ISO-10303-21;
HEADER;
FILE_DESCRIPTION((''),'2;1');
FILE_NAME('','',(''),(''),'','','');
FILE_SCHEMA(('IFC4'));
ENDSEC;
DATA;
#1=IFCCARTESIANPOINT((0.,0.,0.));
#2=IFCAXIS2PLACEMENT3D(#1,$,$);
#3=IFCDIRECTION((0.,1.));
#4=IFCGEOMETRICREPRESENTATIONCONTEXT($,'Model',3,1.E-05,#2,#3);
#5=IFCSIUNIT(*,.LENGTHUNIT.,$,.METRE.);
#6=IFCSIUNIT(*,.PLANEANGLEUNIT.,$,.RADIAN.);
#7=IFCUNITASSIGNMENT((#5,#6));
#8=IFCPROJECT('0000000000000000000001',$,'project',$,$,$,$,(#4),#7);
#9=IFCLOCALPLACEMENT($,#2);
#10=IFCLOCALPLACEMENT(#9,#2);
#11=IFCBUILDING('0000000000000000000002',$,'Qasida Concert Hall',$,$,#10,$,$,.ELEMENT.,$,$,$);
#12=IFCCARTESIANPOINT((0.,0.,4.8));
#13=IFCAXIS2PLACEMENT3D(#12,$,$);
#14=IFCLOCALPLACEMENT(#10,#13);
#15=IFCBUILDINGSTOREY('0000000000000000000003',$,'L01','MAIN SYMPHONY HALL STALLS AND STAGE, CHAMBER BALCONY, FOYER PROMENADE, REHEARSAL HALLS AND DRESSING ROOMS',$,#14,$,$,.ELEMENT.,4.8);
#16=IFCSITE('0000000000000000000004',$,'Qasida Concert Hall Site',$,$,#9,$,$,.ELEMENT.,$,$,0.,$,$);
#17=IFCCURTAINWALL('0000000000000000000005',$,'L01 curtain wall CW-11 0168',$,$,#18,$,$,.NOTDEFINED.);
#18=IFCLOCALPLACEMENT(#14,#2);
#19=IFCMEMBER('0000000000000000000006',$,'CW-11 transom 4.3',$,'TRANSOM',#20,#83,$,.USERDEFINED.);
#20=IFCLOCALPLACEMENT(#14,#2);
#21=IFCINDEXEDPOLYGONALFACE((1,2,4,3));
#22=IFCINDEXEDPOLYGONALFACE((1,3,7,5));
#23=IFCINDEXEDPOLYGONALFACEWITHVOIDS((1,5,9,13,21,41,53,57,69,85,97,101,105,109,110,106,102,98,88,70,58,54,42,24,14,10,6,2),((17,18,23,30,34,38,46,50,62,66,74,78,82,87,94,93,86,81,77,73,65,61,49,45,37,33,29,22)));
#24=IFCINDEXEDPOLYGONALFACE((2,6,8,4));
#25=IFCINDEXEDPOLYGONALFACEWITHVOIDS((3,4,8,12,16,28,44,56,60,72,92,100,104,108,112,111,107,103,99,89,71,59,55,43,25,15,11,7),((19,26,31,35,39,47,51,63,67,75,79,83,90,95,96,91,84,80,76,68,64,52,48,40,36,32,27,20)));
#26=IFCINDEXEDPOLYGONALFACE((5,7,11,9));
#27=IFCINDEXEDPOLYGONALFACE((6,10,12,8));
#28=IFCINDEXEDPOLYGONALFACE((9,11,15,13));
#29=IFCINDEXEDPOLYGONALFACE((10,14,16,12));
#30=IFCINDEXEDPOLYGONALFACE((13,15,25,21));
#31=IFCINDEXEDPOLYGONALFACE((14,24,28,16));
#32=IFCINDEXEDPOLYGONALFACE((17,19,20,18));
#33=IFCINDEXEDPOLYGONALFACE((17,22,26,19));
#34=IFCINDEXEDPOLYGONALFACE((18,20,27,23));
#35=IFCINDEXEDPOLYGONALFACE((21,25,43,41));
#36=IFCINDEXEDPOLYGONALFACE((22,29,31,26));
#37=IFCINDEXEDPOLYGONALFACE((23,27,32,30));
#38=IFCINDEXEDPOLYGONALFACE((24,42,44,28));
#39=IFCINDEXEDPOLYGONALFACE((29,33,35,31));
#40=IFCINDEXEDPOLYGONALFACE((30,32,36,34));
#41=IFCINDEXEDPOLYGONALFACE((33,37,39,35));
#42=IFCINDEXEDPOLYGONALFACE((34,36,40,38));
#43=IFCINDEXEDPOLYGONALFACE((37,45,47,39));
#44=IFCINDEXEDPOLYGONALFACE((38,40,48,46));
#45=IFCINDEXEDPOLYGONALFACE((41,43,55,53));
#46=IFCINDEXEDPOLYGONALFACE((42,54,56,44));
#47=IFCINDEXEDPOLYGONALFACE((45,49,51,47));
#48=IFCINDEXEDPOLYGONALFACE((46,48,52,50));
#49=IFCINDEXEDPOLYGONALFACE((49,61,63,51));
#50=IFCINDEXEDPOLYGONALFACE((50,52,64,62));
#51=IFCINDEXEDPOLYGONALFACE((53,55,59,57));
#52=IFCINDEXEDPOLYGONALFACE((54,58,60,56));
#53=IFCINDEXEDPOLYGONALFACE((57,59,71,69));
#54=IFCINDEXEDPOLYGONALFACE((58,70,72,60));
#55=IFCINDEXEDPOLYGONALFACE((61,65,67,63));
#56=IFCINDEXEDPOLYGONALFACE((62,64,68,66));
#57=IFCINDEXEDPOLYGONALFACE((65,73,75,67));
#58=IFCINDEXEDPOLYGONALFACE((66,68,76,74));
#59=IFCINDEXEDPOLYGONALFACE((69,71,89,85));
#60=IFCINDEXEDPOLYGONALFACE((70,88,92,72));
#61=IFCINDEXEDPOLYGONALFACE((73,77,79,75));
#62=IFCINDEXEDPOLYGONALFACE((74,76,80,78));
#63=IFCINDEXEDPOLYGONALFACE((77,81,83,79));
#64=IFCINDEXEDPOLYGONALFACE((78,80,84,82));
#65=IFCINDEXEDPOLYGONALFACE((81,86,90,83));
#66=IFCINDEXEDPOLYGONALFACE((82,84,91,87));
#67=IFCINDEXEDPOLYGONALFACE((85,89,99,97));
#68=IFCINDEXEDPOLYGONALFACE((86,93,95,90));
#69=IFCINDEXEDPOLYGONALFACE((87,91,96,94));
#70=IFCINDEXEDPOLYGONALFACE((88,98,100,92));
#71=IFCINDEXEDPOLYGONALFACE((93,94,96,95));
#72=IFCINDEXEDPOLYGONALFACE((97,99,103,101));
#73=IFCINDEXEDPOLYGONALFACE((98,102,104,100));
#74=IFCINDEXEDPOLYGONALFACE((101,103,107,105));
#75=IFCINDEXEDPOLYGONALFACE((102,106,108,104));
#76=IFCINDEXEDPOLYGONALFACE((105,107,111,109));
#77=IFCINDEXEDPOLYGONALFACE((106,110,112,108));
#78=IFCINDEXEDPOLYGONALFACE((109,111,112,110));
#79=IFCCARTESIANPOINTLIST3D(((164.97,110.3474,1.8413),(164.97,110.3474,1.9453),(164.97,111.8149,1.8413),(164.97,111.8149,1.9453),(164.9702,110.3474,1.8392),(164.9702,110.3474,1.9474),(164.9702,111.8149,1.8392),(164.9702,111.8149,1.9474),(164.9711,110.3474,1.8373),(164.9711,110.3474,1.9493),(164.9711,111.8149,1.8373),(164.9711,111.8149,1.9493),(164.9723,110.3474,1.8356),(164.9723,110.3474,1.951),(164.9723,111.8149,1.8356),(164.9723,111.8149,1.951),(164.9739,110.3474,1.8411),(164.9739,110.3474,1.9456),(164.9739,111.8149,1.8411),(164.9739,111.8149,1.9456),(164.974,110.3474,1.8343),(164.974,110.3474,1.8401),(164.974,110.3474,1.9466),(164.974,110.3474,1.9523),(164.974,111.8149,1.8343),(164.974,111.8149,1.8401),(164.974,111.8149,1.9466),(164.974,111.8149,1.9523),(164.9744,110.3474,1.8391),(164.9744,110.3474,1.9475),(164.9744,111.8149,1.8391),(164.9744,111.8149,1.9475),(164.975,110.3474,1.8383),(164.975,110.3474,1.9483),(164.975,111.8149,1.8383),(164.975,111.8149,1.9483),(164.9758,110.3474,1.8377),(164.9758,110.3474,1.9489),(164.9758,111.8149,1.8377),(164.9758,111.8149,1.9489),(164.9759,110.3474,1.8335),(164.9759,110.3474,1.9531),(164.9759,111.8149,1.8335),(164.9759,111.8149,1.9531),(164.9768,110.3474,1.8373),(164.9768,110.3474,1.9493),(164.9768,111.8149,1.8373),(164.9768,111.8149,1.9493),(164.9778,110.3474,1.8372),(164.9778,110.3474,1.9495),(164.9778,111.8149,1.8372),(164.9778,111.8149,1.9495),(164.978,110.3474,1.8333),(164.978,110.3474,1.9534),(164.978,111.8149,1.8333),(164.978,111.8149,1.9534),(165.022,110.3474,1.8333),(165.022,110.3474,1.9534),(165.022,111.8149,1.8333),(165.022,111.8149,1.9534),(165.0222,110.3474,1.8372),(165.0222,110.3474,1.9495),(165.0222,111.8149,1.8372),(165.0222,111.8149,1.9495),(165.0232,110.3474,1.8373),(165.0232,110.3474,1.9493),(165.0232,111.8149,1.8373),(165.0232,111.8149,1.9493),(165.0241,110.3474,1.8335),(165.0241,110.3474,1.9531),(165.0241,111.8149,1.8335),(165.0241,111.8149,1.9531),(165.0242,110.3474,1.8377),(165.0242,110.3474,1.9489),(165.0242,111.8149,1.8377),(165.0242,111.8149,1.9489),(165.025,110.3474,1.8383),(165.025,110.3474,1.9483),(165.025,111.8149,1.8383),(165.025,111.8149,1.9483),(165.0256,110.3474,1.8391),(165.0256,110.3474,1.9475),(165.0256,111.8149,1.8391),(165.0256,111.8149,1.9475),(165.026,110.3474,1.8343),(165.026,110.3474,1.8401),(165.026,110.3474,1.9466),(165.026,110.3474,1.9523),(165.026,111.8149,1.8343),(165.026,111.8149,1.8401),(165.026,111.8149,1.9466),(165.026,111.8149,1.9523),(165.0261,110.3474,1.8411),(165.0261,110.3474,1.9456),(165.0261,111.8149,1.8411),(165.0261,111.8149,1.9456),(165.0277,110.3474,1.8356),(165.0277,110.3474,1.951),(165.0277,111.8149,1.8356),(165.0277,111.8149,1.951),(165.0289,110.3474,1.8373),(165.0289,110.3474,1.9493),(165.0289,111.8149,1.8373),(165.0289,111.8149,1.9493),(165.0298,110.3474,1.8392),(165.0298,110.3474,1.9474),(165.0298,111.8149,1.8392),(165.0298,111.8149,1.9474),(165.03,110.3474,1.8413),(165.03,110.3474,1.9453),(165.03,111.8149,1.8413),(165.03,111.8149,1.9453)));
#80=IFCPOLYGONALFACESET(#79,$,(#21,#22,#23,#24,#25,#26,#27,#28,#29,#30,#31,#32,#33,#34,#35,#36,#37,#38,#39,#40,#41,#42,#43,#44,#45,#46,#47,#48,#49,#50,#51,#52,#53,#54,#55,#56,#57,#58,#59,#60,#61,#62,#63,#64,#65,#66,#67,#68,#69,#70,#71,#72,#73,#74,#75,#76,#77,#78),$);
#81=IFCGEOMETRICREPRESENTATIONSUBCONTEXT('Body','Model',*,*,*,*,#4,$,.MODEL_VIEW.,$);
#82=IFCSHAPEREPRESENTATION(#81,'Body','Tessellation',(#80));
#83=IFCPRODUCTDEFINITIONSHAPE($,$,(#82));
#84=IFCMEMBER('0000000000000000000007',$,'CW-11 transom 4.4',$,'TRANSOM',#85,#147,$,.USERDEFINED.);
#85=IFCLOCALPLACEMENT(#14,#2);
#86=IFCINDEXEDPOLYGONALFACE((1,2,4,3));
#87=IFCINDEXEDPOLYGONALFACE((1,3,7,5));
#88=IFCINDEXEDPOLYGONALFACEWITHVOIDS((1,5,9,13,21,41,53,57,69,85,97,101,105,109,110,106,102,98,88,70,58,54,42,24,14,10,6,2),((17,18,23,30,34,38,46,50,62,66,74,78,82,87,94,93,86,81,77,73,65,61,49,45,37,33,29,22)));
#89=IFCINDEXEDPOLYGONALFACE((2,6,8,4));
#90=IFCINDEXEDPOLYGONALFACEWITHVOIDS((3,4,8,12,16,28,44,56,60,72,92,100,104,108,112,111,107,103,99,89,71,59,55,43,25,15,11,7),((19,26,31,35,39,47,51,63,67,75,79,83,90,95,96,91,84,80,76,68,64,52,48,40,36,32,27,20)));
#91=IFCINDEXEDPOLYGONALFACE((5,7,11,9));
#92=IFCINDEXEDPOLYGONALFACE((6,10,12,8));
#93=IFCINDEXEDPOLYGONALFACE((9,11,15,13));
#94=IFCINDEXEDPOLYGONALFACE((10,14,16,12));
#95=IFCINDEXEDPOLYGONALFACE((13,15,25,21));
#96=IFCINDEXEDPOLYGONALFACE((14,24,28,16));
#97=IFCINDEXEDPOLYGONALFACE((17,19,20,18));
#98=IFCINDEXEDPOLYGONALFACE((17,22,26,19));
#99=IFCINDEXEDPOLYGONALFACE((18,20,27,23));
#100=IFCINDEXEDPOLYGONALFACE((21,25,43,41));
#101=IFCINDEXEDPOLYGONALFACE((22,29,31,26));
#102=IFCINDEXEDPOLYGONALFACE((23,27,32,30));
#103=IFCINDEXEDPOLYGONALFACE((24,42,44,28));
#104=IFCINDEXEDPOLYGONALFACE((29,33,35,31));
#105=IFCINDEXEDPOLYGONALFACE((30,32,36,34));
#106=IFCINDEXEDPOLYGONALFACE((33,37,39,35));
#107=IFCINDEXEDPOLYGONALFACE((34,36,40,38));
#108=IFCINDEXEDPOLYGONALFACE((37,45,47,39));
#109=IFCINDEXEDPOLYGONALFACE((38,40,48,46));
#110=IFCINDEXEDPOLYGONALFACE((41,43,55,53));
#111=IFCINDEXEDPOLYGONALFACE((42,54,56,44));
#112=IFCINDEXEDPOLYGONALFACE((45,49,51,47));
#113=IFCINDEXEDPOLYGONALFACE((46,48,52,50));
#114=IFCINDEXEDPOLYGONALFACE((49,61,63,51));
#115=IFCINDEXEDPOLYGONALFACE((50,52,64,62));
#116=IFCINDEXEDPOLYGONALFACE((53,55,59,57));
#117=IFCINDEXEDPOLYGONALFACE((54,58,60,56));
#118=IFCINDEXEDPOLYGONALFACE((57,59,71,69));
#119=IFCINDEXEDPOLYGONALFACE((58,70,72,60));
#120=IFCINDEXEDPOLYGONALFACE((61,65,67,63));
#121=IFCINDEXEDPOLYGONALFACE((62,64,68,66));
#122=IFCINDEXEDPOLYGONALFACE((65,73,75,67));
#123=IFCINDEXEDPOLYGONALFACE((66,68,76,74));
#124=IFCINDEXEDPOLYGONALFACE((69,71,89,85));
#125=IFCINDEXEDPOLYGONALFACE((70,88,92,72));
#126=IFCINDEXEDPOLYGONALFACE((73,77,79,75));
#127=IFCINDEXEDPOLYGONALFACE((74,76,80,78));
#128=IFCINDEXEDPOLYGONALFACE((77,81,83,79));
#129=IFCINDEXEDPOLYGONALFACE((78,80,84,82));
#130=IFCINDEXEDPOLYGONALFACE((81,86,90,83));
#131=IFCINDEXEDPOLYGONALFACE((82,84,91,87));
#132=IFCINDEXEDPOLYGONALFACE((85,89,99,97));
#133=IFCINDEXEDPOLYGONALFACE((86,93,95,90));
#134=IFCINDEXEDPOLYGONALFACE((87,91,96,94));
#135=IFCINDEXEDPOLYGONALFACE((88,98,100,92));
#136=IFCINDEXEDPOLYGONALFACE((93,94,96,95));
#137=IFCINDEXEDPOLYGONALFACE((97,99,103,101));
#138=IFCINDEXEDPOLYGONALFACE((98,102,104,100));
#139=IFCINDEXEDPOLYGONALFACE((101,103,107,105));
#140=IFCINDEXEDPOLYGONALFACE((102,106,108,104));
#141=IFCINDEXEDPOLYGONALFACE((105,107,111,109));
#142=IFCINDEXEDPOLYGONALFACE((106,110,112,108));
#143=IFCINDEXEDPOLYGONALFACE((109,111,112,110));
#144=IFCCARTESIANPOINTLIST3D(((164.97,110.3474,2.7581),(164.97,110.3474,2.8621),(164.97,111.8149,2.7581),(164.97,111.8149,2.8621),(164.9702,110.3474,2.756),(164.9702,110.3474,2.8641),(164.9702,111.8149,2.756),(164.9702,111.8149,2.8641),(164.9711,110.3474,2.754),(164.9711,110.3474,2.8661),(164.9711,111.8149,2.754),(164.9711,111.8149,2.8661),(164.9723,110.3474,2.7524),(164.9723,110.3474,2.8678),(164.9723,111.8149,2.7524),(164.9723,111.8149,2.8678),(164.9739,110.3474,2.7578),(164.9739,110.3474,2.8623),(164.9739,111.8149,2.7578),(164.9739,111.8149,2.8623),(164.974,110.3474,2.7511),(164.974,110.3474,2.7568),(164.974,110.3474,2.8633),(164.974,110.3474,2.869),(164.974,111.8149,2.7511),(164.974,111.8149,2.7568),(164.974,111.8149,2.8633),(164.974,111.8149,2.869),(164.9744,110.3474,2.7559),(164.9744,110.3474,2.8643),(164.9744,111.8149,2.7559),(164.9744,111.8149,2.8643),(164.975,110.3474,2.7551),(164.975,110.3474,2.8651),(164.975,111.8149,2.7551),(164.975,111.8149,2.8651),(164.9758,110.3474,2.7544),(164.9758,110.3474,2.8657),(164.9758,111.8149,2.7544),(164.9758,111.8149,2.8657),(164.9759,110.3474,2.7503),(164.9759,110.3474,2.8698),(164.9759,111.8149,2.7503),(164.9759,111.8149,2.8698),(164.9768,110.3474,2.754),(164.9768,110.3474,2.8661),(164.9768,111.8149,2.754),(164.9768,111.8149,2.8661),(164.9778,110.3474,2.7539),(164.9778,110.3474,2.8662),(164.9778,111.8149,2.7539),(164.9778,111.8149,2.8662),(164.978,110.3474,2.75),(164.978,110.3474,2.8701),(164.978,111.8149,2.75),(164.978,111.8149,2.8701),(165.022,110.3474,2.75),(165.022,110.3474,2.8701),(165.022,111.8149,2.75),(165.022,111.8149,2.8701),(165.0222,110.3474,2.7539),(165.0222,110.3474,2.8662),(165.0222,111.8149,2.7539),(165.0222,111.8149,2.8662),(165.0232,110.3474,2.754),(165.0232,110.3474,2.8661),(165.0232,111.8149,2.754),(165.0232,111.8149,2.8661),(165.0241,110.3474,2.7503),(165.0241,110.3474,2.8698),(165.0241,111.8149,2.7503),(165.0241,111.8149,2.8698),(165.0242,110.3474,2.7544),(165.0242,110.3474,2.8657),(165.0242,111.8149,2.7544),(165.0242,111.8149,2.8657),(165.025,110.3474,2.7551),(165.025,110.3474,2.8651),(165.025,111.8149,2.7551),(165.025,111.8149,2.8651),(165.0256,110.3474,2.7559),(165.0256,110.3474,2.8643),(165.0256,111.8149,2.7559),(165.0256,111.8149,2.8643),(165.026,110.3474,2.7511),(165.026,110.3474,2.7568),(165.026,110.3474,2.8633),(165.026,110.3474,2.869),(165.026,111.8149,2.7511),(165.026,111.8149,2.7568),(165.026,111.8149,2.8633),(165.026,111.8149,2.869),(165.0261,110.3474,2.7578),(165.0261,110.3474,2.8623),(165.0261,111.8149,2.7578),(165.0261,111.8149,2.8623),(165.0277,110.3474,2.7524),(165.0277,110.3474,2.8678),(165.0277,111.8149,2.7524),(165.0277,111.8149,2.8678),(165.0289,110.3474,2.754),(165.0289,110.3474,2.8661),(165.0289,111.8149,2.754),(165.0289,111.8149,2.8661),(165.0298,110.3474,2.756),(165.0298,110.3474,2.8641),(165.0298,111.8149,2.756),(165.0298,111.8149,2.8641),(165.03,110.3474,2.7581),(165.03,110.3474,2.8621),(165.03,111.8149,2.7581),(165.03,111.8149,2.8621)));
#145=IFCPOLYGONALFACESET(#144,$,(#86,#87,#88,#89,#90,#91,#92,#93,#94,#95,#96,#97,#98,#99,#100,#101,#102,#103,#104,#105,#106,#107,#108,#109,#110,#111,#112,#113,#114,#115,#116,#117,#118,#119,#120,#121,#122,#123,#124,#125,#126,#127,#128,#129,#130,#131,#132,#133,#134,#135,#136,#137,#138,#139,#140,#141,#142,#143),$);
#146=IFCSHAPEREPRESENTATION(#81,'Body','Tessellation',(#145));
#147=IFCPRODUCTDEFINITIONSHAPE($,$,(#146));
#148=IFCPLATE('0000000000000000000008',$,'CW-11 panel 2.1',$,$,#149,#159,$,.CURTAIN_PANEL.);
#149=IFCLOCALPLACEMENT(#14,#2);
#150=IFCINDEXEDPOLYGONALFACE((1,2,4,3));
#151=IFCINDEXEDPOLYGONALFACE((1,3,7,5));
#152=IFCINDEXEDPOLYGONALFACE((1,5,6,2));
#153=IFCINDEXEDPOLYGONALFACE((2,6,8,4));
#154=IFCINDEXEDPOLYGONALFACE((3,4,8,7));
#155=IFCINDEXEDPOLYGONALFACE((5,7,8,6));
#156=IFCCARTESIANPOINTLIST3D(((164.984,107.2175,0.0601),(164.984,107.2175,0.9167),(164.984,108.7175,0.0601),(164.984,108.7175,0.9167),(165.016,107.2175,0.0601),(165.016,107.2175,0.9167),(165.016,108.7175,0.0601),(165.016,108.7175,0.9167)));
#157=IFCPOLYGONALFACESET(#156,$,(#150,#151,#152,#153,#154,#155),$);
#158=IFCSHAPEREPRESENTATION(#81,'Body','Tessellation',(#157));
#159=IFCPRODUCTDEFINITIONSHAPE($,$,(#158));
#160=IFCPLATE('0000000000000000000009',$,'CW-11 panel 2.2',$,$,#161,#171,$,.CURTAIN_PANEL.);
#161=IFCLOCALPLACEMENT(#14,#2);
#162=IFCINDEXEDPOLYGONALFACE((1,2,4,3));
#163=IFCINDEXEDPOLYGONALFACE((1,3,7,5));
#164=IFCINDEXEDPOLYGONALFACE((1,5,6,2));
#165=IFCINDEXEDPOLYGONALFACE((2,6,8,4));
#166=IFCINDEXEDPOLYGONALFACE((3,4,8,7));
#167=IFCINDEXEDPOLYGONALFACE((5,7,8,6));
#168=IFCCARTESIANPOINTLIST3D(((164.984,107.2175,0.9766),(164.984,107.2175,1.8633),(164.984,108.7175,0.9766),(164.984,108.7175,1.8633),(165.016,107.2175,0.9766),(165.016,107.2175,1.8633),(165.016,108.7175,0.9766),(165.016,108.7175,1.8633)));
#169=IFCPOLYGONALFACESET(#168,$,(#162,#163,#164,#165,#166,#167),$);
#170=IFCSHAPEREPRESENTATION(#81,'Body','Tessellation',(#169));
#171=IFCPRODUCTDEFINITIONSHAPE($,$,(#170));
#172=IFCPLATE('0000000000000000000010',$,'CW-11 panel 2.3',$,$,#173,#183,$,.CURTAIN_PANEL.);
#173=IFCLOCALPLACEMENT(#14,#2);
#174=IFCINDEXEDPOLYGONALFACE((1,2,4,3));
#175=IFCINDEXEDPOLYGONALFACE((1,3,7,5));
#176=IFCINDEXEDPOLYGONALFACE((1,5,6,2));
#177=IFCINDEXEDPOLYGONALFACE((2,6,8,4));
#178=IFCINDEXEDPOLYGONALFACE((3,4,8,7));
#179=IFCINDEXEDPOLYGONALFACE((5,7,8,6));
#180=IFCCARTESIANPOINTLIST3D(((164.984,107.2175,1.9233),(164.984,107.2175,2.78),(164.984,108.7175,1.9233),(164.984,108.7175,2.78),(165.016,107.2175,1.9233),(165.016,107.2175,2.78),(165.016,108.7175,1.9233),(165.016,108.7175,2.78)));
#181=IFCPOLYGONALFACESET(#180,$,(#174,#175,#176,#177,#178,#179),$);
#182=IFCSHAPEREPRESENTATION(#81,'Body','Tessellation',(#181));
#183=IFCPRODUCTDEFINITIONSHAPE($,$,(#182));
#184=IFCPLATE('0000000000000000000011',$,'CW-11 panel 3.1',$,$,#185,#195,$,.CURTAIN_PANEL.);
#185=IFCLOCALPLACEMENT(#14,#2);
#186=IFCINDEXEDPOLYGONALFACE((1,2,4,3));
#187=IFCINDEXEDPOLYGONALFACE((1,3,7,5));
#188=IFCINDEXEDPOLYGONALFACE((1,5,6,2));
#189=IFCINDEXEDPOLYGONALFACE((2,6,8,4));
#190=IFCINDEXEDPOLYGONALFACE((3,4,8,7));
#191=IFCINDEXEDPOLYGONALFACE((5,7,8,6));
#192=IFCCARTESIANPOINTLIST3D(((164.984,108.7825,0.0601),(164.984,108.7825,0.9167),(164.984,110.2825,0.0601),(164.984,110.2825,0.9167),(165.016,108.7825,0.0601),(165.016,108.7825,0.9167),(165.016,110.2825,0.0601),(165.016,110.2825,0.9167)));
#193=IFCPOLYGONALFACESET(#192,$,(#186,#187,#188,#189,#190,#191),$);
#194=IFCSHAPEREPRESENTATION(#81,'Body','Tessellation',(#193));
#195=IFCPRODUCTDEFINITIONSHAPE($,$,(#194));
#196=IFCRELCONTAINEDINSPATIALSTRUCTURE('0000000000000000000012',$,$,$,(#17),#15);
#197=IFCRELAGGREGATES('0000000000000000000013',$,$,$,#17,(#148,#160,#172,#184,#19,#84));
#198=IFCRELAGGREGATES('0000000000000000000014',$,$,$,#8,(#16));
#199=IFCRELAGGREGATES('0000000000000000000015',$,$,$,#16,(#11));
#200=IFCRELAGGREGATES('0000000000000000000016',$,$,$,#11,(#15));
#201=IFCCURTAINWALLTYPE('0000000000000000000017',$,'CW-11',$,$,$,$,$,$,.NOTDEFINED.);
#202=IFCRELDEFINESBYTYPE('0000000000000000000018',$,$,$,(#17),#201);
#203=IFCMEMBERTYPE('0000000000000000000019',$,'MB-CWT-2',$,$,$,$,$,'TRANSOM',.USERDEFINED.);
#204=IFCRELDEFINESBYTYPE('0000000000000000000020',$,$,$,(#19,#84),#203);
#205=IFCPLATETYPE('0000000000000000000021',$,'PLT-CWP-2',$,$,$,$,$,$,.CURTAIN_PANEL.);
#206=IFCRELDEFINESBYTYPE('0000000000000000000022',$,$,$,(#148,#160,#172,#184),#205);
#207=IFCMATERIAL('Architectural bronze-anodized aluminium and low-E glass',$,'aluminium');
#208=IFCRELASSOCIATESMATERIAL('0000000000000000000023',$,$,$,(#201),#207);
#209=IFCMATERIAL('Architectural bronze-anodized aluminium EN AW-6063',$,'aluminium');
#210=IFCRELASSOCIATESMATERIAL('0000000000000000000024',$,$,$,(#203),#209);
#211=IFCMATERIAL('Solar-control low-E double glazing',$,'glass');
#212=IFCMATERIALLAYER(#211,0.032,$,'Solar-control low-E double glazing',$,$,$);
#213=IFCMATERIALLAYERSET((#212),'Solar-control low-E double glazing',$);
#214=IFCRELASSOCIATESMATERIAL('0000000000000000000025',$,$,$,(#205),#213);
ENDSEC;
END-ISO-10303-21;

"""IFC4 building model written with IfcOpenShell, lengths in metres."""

from ifc_helpers import new_model, si_unit, direction, frame, origin, origin_2d, place, context, subcontext, project, spatial, rectangle, hollow_rectangle, extrude, material, layer, layer_set, material_profile, profile_set, type_object, element, aggregate, save


model = new_model("IFC4")

# Units and contexts
model_context = context("Model", 3, precision=1e-05, world=origin(), true_north=direction((0.0, 1.0)))
body_context = subcontext(model_context, "Body", "Model", "MODEL_VIEW")
ifc_project = project(units=[si_unit("LENGTHUNIT", "METRE"), si_unit("PLANEANGLEUNIT", "RADIAN")], contexts=[model_context])

# Site, building, storey
site_placement = place(None, origin())
site = spatial("IfcSite", under=ifc_project, at=site_placement, Name="Qasida Concert Hall Site", CompositionType="ELEMENT", RefElevation=0.0)
building_placement = place(site_placement, origin())
building = spatial("IfcBuilding", under=site, at=building_placement, Name="Qasida Concert Hall", CompositionType="ELEMENT")
storey_placement = place(building_placement, frame((0.0, 0.0, 4.8)))
storey = spatial("IfcBuildingStorey", under=building, at=storey_placement, Name="L01", Description="MAIN SYMPHONY HALL STALLS AND STAGE, CHAMBER BALCONY, FOYER PROMENADE, REHEARSAL HALLS AND DRESSING ROOMS", CompositionType="ELEMENT", Elevation=4.8)

# Curtain wall, members, plates
ifc_material_1 = material(Name="Architectural bronze-anodized aluminium and low-E glass", Category="aluminium")
curtain_wall_type = type_object("IfcCurtainWallType", Name="CW-11", PredefinedType="NOTDEFINED", material=ifc_material_1)
curtain_wall_placement = place(storey_placement, origin())
curtain_wall = element("IfcCurtainWall", 1, at=curtain_wall_placement, inside=storey, type_object=curtain_wall_type, Name="L01 curtain wall CW-11 0168", PredefinedType="NOTDEFINED")
ifc_material_2 = material(Name="Architectural bronze-anodized aluminium EN AW-6063", Category="aluminium")
ifc_material_profile_1 = material_profile(ifc_material_2, hollow_rectangle(XDim=0.0601, YDim=0.1201, WallThickness=0.0039, InnerFilletRadius=0.0039, OuterFilletRadius=0.0081, at=origin_2d()), Name="CWT 120x60x4")
ifc_profile_set_1 = profile_set([ifc_material_profile_1], Name="Architectural bronze-anodized aluminium EN AW-6063")
member_type_1 = type_object("IfcMemberType", Name="MB-CWT-2", ElementType="TRANSOM", PredefinedType="USERDEFINED", material=ifc_profile_set_1)
member_1_placement = place(storey_placement, frame((165.0, 110.3474, 1.8933), z_axis=(0.0, 1.0, 0.0), x_axis=(-1.0, 0.0, 0.0)))
member_1 = element("IfcMember", 2, at=member_1_placement, type_object=member_type_1, Name="CW-11 transom 4.3", ObjectType="TRANSOM", PredefinedType="USERDEFINED", context=body_context, shape_type="SweptSolid", body=[
    extrude(hollow_rectangle(XDim=0.0601, YDim=0.1201, WallThickness=0.0039, InnerFilletRadius=0.0039, OuterFilletRadius=0.0081, at=origin_2d()), origin(), (0.0, 0.0, 1.0), 1.4675),
])
member_2_placement = place(storey_placement, frame((165.0, 110.3474, 2.8101), z_axis=(0.0, 1.0, 0.0), x_axis=(-1.0, 0.0, 0.0)))
member_2 = element("IfcMember", 3, at=member_2_placement, type_object=member_type_1, Name="CW-11 transom 4.4", ObjectType="TRANSOM", PredefinedType="USERDEFINED", context=body_context, shape_type="SweptSolid", body=[
    extrude(hollow_rectangle(XDim=0.0601, YDim=0.1201, WallThickness=0.0039, InnerFilletRadius=0.0039, OuterFilletRadius=0.0081, at=origin_2d()), origin(), (0.0, 0.0, 1.0), 1.4675),
])
ifc_material_3 = material(Name="Solar-control low-E double glazing", Category="glass")
ifc_layer_1 = layer(ifc_material_3, 0.032, Name="Solar-control low-E double glazing")
ifc_layer_set_1 = layer_set([ifc_layer_1], Name="Solar-control low-E double glazing")
plate_type = type_object("IfcPlateType", Name="PLT-CWP-2", PredefinedType="CURTAIN_PANEL", material=ifc_layer_set_1)
plate_1_placement = place(storey_placement, frame((165.0, 107.9675, 0.0601), z_axis=(0.0, 0.0, 1.0), x_axis=(0.0, 1.0, 0.0)))
plate_1 = element("IfcPlate", 4, at=plate_1_placement, type_object=plate_type, Name="CW-11 panel 2.1", PredefinedType="CURTAIN_PANEL", context=body_context, shape_type="SweptSolid", body=[
    extrude(rectangle(XDim=1.5, YDim=0.032, at=origin_2d()), origin(), (0.0, 0.0, 1.0), 0.8567),
])
plate_2_placement = place(storey_placement, frame((165.0, 107.9675, 0.9766), z_axis=(0.0, 0.0, 1.0), x_axis=(0.0, 1.0, 0.0)))
plate_2 = element("IfcPlate", 5, at=plate_2_placement, type_object=plate_type, Name="CW-11 panel 2.2", PredefinedType="CURTAIN_PANEL", context=body_context, shape_type="SweptSolid", body=[
    extrude(rectangle(XDim=1.5, YDim=0.032, at=origin_2d()), origin(), (0.0, 0.0, 1.0), 0.8867),
])
plate_3_placement = place(storey_placement, frame((165.0, 107.9675, 1.9233), z_axis=(0.0, 0.0, 1.0), x_axis=(0.0, 1.0, 0.0)))
plate_3 = element("IfcPlate", 6, at=plate_3_placement, type_object=plate_type, Name="CW-11 panel 2.3", PredefinedType="CURTAIN_PANEL", context=body_context, shape_type="SweptSolid", body=[
    extrude(rectangle(XDim=1.5, YDim=0.032, at=origin_2d()), origin(), (0.0, 0.0, 1.0), 0.8567),
])
plate_4_placement = place(storey_placement, frame((165.0, 109.5325, 0.0601), z_axis=(0.0, 0.0, 1.0), x_axis=(0.0, 1.0, 0.0)))
plate_4 = element("IfcPlate", 7, at=plate_4_placement, type_object=plate_type, Name="CW-11 panel 3.1", PredefinedType="CURTAIN_PANEL", context=body_context, shape_type="SweptSolid", body=[
    extrude(rectangle(XDim=1.5, YDim=0.032, at=origin_2d()), origin(), (0.0, 0.0, 1.0), 0.8567),
])
aggregate(curtain_wall, [plate_1, plate_2, plate_3, plate_4, member_1, member_2])

save(model, "model.ifc")
